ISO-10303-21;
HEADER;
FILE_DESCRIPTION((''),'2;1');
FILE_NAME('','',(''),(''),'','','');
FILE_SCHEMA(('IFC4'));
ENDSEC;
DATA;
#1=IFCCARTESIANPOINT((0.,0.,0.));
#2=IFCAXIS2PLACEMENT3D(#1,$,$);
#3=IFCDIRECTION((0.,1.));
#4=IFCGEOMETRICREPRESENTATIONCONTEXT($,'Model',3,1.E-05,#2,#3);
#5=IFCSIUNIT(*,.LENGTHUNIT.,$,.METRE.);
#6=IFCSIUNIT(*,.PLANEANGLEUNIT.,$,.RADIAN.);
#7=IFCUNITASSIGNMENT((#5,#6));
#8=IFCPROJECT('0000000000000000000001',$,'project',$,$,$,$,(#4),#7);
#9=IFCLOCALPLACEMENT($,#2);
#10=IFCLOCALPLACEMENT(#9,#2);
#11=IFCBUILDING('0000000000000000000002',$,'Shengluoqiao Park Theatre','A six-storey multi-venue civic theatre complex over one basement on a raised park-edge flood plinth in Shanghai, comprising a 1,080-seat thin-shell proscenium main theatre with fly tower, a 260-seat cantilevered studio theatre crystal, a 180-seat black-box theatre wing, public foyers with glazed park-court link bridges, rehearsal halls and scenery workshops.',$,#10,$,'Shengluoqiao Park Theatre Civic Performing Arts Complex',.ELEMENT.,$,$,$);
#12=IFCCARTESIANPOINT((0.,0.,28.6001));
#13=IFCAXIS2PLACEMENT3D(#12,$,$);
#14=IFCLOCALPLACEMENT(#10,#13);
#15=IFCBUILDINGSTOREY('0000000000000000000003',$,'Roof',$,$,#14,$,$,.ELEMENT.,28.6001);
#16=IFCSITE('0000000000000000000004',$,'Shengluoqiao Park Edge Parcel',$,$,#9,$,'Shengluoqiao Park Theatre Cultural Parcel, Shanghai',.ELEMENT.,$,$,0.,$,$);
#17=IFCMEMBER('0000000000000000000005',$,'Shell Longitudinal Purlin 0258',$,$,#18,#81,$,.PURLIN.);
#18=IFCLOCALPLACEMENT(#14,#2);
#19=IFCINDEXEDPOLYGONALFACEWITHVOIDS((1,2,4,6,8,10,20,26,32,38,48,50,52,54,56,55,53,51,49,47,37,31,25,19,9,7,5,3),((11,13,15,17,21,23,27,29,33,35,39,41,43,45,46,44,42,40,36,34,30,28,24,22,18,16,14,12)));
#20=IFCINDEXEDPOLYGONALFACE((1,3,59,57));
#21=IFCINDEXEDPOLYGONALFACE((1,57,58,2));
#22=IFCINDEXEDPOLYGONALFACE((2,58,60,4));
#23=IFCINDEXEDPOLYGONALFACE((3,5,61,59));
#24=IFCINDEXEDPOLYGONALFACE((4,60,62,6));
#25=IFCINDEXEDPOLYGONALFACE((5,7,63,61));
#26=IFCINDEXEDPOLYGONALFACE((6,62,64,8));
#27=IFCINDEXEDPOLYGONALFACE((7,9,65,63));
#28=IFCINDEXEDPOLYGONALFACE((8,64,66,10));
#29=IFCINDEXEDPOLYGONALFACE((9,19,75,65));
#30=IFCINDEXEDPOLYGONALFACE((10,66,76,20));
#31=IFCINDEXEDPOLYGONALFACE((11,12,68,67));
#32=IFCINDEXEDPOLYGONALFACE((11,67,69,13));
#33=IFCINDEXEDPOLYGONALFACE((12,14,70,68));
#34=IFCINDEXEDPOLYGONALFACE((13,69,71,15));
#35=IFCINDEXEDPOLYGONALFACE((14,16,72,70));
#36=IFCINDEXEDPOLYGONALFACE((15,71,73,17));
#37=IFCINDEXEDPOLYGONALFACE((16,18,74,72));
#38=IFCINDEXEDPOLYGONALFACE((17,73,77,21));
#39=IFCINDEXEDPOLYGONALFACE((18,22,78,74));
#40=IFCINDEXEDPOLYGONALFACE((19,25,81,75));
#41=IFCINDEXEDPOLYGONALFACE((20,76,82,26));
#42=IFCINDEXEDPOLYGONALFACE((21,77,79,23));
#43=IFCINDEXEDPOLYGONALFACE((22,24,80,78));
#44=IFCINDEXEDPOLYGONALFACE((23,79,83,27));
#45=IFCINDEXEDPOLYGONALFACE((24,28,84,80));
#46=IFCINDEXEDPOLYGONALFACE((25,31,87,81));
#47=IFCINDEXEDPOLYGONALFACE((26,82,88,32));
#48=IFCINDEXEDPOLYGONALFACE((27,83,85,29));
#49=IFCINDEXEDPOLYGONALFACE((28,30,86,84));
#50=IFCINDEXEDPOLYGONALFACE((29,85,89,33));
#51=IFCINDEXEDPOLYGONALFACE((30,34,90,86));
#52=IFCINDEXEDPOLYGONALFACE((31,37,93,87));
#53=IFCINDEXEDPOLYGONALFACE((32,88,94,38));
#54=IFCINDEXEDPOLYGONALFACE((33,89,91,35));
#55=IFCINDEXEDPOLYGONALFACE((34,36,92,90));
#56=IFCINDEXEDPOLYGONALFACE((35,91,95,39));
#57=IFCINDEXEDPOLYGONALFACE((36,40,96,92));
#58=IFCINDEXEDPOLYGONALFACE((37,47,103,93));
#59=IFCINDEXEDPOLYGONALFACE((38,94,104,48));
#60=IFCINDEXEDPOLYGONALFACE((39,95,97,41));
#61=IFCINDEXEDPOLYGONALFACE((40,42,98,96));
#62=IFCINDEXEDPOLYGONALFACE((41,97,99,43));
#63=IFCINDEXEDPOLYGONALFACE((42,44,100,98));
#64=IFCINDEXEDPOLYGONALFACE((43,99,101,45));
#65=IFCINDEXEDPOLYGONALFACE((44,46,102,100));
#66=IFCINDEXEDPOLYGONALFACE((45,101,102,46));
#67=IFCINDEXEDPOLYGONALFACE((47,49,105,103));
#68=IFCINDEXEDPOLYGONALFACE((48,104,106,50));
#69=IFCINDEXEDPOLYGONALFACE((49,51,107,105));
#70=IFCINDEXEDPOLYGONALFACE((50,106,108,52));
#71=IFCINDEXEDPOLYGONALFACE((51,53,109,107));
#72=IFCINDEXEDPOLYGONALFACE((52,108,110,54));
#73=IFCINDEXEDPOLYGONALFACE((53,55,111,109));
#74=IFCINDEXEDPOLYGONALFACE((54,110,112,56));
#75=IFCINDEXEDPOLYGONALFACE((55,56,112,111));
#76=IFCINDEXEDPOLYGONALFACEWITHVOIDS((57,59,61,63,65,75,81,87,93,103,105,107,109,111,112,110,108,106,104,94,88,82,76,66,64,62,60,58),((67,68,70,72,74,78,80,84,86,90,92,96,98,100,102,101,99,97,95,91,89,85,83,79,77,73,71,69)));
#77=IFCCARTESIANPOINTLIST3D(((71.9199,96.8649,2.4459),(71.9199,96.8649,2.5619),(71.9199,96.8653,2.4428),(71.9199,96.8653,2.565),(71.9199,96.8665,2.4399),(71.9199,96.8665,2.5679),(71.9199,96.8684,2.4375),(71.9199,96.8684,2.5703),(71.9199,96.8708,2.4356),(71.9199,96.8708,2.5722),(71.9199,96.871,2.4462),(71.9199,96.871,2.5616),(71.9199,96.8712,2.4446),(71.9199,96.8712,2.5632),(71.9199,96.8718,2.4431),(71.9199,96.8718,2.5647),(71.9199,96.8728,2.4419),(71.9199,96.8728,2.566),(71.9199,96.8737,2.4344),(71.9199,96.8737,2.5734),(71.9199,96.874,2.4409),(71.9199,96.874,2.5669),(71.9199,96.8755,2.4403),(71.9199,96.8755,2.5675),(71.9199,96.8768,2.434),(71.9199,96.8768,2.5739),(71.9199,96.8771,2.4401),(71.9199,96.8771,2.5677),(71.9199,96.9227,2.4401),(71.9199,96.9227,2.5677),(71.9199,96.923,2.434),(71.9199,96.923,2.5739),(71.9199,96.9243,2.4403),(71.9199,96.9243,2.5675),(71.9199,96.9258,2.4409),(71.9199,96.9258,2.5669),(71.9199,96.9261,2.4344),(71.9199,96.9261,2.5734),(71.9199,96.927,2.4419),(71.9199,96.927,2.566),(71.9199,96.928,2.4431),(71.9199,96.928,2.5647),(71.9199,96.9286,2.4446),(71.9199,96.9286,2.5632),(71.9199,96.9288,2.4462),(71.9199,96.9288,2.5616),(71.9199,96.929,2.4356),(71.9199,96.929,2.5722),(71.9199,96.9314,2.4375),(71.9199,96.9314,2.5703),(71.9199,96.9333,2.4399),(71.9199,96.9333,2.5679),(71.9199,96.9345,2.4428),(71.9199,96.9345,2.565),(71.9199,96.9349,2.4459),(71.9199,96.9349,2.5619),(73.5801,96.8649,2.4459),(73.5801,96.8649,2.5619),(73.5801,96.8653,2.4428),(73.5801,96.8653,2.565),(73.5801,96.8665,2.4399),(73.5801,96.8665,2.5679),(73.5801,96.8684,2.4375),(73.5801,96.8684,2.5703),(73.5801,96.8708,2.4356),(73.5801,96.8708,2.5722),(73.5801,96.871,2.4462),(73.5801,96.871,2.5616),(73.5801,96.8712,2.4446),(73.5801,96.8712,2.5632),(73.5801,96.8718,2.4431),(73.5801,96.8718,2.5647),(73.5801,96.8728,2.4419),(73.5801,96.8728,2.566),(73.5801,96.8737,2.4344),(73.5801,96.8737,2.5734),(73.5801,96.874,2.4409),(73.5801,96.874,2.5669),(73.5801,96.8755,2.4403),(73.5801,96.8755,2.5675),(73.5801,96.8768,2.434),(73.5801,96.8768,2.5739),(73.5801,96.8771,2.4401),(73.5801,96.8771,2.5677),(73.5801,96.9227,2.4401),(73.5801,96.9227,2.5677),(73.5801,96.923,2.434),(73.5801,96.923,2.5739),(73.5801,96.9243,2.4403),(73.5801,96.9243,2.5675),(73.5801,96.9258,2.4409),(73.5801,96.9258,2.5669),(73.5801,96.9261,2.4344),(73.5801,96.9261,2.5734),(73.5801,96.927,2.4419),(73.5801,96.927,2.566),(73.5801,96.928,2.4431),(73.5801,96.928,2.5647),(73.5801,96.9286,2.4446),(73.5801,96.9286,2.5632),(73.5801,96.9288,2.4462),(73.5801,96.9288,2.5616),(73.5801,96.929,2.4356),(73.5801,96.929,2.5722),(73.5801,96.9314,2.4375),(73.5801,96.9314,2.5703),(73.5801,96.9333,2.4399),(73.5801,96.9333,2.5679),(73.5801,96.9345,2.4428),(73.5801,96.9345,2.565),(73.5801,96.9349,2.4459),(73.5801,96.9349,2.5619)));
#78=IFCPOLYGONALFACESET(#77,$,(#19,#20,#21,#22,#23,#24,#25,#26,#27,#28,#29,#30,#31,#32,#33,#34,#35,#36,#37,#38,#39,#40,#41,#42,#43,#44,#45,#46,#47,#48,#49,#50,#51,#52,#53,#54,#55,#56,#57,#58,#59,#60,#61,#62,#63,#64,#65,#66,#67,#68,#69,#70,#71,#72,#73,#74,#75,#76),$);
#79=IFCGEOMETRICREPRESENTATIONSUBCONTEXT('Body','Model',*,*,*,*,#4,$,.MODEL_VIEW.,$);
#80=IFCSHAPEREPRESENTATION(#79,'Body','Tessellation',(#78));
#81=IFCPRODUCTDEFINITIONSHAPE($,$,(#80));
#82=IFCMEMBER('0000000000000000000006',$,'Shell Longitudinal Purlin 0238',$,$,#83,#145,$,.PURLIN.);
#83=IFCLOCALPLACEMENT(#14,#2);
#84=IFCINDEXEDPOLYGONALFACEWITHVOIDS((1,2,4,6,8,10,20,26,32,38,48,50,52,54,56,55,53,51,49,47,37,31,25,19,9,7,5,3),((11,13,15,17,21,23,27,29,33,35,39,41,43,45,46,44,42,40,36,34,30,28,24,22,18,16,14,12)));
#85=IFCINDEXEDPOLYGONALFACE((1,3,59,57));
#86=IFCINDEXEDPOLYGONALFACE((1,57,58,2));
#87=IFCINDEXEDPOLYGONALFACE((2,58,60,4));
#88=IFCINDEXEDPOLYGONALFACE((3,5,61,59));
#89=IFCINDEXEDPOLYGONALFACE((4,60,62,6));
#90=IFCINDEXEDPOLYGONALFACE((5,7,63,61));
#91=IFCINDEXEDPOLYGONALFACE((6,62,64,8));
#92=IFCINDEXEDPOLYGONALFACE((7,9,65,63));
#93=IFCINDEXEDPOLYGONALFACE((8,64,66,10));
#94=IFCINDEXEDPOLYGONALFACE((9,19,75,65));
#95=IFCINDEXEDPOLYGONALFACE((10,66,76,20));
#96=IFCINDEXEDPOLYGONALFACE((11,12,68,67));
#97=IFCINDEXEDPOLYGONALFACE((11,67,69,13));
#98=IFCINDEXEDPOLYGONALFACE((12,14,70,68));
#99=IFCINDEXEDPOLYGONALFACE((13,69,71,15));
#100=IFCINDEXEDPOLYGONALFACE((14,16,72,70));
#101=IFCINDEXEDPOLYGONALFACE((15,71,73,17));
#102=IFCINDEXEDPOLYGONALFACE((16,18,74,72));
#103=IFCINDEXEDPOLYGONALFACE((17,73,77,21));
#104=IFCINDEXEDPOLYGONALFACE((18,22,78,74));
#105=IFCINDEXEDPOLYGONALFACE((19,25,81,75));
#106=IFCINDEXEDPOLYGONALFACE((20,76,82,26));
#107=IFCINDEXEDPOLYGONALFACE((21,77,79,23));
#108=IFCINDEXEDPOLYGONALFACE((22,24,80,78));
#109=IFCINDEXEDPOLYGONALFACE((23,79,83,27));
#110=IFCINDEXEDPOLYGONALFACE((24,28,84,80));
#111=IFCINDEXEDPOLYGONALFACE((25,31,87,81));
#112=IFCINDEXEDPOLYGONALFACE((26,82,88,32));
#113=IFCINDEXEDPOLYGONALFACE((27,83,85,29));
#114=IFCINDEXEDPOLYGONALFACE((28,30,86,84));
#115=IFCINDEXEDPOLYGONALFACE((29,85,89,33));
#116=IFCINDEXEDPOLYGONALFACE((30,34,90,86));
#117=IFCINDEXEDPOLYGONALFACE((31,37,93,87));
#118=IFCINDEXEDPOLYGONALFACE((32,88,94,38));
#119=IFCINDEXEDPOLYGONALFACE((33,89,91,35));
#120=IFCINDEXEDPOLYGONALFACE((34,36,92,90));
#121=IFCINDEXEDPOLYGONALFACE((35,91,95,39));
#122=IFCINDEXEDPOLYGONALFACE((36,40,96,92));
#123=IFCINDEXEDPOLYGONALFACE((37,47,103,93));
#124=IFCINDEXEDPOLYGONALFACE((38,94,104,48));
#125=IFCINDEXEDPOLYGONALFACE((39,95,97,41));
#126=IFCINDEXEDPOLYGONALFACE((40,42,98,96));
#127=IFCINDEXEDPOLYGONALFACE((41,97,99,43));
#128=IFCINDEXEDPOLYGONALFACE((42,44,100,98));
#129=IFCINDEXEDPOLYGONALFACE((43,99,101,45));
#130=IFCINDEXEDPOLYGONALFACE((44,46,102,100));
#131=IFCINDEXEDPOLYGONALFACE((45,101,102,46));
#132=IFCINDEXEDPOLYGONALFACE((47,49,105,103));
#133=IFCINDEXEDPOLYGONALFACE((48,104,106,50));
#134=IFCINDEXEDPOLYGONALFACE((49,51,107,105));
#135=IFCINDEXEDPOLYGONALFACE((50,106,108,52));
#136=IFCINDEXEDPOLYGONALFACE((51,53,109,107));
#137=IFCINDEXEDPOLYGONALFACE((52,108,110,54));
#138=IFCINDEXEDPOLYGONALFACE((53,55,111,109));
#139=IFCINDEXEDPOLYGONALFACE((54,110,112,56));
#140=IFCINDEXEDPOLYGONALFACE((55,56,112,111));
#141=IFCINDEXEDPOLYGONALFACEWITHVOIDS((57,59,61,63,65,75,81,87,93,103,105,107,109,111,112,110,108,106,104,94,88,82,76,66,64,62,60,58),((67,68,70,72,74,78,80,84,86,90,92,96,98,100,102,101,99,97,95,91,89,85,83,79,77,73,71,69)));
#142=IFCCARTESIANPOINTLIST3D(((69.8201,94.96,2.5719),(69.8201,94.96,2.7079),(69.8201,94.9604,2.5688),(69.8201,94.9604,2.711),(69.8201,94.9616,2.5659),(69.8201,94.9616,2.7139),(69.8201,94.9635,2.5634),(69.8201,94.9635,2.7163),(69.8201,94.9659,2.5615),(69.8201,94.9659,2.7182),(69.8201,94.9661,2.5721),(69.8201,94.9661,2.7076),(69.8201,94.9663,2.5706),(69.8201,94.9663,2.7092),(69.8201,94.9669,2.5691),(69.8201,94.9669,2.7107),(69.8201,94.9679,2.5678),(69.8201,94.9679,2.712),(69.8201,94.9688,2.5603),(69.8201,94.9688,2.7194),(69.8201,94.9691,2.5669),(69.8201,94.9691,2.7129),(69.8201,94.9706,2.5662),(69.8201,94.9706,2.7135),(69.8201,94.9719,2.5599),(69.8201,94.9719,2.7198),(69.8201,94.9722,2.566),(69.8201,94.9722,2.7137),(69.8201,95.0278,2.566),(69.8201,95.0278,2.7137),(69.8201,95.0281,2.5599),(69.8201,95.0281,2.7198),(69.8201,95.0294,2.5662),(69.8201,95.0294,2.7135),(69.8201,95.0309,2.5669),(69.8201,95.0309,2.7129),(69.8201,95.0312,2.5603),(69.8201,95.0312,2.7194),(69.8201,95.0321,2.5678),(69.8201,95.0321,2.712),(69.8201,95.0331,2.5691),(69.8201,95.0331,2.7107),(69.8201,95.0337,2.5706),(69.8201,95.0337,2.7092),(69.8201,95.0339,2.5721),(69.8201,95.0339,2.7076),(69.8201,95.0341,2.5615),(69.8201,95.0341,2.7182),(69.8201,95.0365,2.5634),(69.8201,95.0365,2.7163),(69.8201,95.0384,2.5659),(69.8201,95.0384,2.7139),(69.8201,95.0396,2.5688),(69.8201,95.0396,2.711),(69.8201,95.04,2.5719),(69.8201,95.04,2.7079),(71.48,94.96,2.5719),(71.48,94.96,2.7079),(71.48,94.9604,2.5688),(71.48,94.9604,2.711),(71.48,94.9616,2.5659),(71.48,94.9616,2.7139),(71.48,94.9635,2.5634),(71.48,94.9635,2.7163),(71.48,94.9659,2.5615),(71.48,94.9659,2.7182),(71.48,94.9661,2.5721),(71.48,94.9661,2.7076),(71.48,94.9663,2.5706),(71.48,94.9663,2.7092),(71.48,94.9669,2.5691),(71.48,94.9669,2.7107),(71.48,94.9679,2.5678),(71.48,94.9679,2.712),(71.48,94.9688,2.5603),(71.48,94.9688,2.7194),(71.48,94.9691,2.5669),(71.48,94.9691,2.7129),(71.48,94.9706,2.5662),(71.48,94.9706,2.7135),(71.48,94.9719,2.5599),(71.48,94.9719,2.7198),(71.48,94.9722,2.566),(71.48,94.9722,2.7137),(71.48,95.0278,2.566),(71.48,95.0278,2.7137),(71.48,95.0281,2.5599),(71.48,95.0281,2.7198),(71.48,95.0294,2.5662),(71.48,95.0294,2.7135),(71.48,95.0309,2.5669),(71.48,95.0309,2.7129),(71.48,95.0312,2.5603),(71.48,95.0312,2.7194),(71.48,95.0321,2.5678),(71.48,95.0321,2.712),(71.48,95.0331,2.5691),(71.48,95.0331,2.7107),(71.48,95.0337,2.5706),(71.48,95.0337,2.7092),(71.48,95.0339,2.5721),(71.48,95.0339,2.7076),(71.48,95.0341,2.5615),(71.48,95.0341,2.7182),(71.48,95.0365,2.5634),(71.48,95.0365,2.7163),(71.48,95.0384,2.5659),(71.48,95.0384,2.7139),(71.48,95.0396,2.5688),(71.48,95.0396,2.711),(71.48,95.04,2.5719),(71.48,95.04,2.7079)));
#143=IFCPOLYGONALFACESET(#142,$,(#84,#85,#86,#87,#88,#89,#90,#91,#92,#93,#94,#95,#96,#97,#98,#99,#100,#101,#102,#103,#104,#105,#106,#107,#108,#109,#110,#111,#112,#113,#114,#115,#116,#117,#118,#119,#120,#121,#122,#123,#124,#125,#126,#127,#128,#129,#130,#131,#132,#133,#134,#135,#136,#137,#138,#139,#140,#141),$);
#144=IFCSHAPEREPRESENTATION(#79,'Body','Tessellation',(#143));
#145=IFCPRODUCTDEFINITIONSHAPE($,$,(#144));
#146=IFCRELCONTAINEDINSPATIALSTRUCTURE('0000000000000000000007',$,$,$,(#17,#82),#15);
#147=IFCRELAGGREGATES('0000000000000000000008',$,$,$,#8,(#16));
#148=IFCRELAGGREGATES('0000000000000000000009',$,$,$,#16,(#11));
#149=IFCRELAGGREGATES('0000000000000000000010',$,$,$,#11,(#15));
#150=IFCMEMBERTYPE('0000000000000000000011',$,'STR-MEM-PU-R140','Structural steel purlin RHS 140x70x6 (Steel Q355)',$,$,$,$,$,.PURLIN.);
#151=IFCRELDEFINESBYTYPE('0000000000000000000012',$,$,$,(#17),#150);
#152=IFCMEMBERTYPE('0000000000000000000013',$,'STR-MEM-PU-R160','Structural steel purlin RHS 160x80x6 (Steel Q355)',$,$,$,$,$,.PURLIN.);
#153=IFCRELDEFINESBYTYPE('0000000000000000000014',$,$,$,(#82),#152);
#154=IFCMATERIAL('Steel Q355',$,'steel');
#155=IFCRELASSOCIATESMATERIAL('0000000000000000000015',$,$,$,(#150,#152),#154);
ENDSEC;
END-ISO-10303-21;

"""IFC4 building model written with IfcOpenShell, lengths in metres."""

from ifc_helpers import new_model, si_unit, direction, frame, origin, origin_2d, place, context, subcontext, project, spatial, hollow_rectangle, extrude, material, material_profile, profile_set, type_object, element, save


model = new_model("IFC4")

# Units and contexts
model_context = context("Model", 3, precision=1e-05, world=origin(), true_north=direction((0.0, 1.0)))
body_context = subcontext(model_context, "Body", "Model", "MODEL_VIEW")
ifc_project = project(units=[si_unit("LENGTHUNIT", "METRE"), si_unit("PLANEANGLEUNIT", "RADIAN")], contexts=[model_context])

# Site, building, storey
site_placement = place(None, origin())
site = spatial("IfcSite", under=ifc_project, at=site_placement, Name="Shengluoqiao Park Edge Parcel", LongName="Shengluoqiao Park Theatre Cultural Parcel, Shanghai", CompositionType="ELEMENT", RefElevation=0.0)
building_placement = place(site_placement, origin())
building = spatial("IfcBuilding", under=site, at=building_placement, Name="Shengluoqiao Park Theatre", Description="A six-storey multi-venue civic theatre complex over one basement on a raised park-edge flood plinth in Shanghai, comprising a 1,080-seat thin-shell proscenium main theatre with fly tower, a 260-seat cantilevered studio theatre crystal, a 180-seat black-box theatre wing, public foyers with glazed park-court link bridges, rehearsal halls and scenery workshops.", LongName="Shengluoqiao Park Theatre Civic Performing Arts Complex", CompositionType="ELEMENT")
storey_placement = place(building_placement, frame((0.0, 0.0, 28.6001)))
storey = spatial("IfcBuildingStorey", under=building, at=storey_placement, Name="Roof", CompositionType="ELEMENT", Elevation=28.6001)

# Shared definitions
ifc_material_1 = material(Name="Steel Q355", Category="steel")

# Members
ifc_material_profile_1 = material_profile(ifc_material_1, hollow_rectangle(XDim=0.0701, YDim=0.1399, WallThickness=0.0061, InnerFilletRadius=0.0061, OuterFilletRadius=0.012, at=origin_2d()), Name="RHS 140x70x6")
ifc_profile_set_1 = profile_set([ifc_material_profile_1], Name="Steel Q355")
member_type_1 = type_object("IfcMemberType", Name="STR-MEM-PU-R140", Description="Structural steel purlin RHS 140x70x6 (Steel Q355)", PredefinedType="PURLIN", material=ifc_profile_set_1)
member_1_placement = place(storey_placement, frame((71.9199, 96.8999, 2.5039), z_axis=(1.0, 0.0, 0.0), x_axis=(0.0, 1.0, 0.0)))
element("IfcMember", 1, at=member_1_placement, inside=storey, type_object=member_type_1, Name="Shell Longitudinal Purlin 0258", PredefinedType="PURLIN", context=body_context, shape_type="SweptSolid", body=[
    extrude(hollow_rectangle(XDim=0.0701, YDim=0.1399, WallThickness=0.0061, InnerFilletRadius=0.0061, OuterFilletRadius=0.012, at=origin_2d()), origin(), (0.0, 0.0, 1.0), 1.6602),
])
ifc_material_profile_2 = material_profile(ifc_material_1, hollow_rectangle(XDim=0.0801, YDim=0.1599, WallThickness=0.0061, InnerFilletRadius=0.0061, OuterFilletRadius=0.012, at=origin_2d()), Name="RHS 160x80x6")
ifc_profile_set_2 = profile_set([ifc_material_profile_2], Name="Steel Q355")
member_type_2 = type_object("IfcMemberType", Name="STR-MEM-PU-R160", Description="Structural steel purlin RHS 160x80x6 (Steel Q355)", PredefinedType="PURLIN", material=ifc_profile_set_2)
member_2_placement = place(storey_placement, frame((69.8201, 95.0, 2.6399), z_axis=(1.0, 0.0, 0.0), x_axis=(0.0, 1.0, 0.0)))
element("IfcMember", 2, at=member_2_placement, inside=storey, type_object=member_type_2, Name="Shell Longitudinal Purlin 0238", PredefinedType="PURLIN", context=body_context, shape_type="SweptSolid", body=[
    extrude(hollow_rectangle(XDim=0.0801, YDim=0.1599, WallThickness=0.0061, InnerFilletRadius=0.0061, OuterFilletRadius=0.012, at=origin_2d()), origin(), (0.0, 0.0, 1.0), 1.6599),
])

save(model, "model.ifc")
